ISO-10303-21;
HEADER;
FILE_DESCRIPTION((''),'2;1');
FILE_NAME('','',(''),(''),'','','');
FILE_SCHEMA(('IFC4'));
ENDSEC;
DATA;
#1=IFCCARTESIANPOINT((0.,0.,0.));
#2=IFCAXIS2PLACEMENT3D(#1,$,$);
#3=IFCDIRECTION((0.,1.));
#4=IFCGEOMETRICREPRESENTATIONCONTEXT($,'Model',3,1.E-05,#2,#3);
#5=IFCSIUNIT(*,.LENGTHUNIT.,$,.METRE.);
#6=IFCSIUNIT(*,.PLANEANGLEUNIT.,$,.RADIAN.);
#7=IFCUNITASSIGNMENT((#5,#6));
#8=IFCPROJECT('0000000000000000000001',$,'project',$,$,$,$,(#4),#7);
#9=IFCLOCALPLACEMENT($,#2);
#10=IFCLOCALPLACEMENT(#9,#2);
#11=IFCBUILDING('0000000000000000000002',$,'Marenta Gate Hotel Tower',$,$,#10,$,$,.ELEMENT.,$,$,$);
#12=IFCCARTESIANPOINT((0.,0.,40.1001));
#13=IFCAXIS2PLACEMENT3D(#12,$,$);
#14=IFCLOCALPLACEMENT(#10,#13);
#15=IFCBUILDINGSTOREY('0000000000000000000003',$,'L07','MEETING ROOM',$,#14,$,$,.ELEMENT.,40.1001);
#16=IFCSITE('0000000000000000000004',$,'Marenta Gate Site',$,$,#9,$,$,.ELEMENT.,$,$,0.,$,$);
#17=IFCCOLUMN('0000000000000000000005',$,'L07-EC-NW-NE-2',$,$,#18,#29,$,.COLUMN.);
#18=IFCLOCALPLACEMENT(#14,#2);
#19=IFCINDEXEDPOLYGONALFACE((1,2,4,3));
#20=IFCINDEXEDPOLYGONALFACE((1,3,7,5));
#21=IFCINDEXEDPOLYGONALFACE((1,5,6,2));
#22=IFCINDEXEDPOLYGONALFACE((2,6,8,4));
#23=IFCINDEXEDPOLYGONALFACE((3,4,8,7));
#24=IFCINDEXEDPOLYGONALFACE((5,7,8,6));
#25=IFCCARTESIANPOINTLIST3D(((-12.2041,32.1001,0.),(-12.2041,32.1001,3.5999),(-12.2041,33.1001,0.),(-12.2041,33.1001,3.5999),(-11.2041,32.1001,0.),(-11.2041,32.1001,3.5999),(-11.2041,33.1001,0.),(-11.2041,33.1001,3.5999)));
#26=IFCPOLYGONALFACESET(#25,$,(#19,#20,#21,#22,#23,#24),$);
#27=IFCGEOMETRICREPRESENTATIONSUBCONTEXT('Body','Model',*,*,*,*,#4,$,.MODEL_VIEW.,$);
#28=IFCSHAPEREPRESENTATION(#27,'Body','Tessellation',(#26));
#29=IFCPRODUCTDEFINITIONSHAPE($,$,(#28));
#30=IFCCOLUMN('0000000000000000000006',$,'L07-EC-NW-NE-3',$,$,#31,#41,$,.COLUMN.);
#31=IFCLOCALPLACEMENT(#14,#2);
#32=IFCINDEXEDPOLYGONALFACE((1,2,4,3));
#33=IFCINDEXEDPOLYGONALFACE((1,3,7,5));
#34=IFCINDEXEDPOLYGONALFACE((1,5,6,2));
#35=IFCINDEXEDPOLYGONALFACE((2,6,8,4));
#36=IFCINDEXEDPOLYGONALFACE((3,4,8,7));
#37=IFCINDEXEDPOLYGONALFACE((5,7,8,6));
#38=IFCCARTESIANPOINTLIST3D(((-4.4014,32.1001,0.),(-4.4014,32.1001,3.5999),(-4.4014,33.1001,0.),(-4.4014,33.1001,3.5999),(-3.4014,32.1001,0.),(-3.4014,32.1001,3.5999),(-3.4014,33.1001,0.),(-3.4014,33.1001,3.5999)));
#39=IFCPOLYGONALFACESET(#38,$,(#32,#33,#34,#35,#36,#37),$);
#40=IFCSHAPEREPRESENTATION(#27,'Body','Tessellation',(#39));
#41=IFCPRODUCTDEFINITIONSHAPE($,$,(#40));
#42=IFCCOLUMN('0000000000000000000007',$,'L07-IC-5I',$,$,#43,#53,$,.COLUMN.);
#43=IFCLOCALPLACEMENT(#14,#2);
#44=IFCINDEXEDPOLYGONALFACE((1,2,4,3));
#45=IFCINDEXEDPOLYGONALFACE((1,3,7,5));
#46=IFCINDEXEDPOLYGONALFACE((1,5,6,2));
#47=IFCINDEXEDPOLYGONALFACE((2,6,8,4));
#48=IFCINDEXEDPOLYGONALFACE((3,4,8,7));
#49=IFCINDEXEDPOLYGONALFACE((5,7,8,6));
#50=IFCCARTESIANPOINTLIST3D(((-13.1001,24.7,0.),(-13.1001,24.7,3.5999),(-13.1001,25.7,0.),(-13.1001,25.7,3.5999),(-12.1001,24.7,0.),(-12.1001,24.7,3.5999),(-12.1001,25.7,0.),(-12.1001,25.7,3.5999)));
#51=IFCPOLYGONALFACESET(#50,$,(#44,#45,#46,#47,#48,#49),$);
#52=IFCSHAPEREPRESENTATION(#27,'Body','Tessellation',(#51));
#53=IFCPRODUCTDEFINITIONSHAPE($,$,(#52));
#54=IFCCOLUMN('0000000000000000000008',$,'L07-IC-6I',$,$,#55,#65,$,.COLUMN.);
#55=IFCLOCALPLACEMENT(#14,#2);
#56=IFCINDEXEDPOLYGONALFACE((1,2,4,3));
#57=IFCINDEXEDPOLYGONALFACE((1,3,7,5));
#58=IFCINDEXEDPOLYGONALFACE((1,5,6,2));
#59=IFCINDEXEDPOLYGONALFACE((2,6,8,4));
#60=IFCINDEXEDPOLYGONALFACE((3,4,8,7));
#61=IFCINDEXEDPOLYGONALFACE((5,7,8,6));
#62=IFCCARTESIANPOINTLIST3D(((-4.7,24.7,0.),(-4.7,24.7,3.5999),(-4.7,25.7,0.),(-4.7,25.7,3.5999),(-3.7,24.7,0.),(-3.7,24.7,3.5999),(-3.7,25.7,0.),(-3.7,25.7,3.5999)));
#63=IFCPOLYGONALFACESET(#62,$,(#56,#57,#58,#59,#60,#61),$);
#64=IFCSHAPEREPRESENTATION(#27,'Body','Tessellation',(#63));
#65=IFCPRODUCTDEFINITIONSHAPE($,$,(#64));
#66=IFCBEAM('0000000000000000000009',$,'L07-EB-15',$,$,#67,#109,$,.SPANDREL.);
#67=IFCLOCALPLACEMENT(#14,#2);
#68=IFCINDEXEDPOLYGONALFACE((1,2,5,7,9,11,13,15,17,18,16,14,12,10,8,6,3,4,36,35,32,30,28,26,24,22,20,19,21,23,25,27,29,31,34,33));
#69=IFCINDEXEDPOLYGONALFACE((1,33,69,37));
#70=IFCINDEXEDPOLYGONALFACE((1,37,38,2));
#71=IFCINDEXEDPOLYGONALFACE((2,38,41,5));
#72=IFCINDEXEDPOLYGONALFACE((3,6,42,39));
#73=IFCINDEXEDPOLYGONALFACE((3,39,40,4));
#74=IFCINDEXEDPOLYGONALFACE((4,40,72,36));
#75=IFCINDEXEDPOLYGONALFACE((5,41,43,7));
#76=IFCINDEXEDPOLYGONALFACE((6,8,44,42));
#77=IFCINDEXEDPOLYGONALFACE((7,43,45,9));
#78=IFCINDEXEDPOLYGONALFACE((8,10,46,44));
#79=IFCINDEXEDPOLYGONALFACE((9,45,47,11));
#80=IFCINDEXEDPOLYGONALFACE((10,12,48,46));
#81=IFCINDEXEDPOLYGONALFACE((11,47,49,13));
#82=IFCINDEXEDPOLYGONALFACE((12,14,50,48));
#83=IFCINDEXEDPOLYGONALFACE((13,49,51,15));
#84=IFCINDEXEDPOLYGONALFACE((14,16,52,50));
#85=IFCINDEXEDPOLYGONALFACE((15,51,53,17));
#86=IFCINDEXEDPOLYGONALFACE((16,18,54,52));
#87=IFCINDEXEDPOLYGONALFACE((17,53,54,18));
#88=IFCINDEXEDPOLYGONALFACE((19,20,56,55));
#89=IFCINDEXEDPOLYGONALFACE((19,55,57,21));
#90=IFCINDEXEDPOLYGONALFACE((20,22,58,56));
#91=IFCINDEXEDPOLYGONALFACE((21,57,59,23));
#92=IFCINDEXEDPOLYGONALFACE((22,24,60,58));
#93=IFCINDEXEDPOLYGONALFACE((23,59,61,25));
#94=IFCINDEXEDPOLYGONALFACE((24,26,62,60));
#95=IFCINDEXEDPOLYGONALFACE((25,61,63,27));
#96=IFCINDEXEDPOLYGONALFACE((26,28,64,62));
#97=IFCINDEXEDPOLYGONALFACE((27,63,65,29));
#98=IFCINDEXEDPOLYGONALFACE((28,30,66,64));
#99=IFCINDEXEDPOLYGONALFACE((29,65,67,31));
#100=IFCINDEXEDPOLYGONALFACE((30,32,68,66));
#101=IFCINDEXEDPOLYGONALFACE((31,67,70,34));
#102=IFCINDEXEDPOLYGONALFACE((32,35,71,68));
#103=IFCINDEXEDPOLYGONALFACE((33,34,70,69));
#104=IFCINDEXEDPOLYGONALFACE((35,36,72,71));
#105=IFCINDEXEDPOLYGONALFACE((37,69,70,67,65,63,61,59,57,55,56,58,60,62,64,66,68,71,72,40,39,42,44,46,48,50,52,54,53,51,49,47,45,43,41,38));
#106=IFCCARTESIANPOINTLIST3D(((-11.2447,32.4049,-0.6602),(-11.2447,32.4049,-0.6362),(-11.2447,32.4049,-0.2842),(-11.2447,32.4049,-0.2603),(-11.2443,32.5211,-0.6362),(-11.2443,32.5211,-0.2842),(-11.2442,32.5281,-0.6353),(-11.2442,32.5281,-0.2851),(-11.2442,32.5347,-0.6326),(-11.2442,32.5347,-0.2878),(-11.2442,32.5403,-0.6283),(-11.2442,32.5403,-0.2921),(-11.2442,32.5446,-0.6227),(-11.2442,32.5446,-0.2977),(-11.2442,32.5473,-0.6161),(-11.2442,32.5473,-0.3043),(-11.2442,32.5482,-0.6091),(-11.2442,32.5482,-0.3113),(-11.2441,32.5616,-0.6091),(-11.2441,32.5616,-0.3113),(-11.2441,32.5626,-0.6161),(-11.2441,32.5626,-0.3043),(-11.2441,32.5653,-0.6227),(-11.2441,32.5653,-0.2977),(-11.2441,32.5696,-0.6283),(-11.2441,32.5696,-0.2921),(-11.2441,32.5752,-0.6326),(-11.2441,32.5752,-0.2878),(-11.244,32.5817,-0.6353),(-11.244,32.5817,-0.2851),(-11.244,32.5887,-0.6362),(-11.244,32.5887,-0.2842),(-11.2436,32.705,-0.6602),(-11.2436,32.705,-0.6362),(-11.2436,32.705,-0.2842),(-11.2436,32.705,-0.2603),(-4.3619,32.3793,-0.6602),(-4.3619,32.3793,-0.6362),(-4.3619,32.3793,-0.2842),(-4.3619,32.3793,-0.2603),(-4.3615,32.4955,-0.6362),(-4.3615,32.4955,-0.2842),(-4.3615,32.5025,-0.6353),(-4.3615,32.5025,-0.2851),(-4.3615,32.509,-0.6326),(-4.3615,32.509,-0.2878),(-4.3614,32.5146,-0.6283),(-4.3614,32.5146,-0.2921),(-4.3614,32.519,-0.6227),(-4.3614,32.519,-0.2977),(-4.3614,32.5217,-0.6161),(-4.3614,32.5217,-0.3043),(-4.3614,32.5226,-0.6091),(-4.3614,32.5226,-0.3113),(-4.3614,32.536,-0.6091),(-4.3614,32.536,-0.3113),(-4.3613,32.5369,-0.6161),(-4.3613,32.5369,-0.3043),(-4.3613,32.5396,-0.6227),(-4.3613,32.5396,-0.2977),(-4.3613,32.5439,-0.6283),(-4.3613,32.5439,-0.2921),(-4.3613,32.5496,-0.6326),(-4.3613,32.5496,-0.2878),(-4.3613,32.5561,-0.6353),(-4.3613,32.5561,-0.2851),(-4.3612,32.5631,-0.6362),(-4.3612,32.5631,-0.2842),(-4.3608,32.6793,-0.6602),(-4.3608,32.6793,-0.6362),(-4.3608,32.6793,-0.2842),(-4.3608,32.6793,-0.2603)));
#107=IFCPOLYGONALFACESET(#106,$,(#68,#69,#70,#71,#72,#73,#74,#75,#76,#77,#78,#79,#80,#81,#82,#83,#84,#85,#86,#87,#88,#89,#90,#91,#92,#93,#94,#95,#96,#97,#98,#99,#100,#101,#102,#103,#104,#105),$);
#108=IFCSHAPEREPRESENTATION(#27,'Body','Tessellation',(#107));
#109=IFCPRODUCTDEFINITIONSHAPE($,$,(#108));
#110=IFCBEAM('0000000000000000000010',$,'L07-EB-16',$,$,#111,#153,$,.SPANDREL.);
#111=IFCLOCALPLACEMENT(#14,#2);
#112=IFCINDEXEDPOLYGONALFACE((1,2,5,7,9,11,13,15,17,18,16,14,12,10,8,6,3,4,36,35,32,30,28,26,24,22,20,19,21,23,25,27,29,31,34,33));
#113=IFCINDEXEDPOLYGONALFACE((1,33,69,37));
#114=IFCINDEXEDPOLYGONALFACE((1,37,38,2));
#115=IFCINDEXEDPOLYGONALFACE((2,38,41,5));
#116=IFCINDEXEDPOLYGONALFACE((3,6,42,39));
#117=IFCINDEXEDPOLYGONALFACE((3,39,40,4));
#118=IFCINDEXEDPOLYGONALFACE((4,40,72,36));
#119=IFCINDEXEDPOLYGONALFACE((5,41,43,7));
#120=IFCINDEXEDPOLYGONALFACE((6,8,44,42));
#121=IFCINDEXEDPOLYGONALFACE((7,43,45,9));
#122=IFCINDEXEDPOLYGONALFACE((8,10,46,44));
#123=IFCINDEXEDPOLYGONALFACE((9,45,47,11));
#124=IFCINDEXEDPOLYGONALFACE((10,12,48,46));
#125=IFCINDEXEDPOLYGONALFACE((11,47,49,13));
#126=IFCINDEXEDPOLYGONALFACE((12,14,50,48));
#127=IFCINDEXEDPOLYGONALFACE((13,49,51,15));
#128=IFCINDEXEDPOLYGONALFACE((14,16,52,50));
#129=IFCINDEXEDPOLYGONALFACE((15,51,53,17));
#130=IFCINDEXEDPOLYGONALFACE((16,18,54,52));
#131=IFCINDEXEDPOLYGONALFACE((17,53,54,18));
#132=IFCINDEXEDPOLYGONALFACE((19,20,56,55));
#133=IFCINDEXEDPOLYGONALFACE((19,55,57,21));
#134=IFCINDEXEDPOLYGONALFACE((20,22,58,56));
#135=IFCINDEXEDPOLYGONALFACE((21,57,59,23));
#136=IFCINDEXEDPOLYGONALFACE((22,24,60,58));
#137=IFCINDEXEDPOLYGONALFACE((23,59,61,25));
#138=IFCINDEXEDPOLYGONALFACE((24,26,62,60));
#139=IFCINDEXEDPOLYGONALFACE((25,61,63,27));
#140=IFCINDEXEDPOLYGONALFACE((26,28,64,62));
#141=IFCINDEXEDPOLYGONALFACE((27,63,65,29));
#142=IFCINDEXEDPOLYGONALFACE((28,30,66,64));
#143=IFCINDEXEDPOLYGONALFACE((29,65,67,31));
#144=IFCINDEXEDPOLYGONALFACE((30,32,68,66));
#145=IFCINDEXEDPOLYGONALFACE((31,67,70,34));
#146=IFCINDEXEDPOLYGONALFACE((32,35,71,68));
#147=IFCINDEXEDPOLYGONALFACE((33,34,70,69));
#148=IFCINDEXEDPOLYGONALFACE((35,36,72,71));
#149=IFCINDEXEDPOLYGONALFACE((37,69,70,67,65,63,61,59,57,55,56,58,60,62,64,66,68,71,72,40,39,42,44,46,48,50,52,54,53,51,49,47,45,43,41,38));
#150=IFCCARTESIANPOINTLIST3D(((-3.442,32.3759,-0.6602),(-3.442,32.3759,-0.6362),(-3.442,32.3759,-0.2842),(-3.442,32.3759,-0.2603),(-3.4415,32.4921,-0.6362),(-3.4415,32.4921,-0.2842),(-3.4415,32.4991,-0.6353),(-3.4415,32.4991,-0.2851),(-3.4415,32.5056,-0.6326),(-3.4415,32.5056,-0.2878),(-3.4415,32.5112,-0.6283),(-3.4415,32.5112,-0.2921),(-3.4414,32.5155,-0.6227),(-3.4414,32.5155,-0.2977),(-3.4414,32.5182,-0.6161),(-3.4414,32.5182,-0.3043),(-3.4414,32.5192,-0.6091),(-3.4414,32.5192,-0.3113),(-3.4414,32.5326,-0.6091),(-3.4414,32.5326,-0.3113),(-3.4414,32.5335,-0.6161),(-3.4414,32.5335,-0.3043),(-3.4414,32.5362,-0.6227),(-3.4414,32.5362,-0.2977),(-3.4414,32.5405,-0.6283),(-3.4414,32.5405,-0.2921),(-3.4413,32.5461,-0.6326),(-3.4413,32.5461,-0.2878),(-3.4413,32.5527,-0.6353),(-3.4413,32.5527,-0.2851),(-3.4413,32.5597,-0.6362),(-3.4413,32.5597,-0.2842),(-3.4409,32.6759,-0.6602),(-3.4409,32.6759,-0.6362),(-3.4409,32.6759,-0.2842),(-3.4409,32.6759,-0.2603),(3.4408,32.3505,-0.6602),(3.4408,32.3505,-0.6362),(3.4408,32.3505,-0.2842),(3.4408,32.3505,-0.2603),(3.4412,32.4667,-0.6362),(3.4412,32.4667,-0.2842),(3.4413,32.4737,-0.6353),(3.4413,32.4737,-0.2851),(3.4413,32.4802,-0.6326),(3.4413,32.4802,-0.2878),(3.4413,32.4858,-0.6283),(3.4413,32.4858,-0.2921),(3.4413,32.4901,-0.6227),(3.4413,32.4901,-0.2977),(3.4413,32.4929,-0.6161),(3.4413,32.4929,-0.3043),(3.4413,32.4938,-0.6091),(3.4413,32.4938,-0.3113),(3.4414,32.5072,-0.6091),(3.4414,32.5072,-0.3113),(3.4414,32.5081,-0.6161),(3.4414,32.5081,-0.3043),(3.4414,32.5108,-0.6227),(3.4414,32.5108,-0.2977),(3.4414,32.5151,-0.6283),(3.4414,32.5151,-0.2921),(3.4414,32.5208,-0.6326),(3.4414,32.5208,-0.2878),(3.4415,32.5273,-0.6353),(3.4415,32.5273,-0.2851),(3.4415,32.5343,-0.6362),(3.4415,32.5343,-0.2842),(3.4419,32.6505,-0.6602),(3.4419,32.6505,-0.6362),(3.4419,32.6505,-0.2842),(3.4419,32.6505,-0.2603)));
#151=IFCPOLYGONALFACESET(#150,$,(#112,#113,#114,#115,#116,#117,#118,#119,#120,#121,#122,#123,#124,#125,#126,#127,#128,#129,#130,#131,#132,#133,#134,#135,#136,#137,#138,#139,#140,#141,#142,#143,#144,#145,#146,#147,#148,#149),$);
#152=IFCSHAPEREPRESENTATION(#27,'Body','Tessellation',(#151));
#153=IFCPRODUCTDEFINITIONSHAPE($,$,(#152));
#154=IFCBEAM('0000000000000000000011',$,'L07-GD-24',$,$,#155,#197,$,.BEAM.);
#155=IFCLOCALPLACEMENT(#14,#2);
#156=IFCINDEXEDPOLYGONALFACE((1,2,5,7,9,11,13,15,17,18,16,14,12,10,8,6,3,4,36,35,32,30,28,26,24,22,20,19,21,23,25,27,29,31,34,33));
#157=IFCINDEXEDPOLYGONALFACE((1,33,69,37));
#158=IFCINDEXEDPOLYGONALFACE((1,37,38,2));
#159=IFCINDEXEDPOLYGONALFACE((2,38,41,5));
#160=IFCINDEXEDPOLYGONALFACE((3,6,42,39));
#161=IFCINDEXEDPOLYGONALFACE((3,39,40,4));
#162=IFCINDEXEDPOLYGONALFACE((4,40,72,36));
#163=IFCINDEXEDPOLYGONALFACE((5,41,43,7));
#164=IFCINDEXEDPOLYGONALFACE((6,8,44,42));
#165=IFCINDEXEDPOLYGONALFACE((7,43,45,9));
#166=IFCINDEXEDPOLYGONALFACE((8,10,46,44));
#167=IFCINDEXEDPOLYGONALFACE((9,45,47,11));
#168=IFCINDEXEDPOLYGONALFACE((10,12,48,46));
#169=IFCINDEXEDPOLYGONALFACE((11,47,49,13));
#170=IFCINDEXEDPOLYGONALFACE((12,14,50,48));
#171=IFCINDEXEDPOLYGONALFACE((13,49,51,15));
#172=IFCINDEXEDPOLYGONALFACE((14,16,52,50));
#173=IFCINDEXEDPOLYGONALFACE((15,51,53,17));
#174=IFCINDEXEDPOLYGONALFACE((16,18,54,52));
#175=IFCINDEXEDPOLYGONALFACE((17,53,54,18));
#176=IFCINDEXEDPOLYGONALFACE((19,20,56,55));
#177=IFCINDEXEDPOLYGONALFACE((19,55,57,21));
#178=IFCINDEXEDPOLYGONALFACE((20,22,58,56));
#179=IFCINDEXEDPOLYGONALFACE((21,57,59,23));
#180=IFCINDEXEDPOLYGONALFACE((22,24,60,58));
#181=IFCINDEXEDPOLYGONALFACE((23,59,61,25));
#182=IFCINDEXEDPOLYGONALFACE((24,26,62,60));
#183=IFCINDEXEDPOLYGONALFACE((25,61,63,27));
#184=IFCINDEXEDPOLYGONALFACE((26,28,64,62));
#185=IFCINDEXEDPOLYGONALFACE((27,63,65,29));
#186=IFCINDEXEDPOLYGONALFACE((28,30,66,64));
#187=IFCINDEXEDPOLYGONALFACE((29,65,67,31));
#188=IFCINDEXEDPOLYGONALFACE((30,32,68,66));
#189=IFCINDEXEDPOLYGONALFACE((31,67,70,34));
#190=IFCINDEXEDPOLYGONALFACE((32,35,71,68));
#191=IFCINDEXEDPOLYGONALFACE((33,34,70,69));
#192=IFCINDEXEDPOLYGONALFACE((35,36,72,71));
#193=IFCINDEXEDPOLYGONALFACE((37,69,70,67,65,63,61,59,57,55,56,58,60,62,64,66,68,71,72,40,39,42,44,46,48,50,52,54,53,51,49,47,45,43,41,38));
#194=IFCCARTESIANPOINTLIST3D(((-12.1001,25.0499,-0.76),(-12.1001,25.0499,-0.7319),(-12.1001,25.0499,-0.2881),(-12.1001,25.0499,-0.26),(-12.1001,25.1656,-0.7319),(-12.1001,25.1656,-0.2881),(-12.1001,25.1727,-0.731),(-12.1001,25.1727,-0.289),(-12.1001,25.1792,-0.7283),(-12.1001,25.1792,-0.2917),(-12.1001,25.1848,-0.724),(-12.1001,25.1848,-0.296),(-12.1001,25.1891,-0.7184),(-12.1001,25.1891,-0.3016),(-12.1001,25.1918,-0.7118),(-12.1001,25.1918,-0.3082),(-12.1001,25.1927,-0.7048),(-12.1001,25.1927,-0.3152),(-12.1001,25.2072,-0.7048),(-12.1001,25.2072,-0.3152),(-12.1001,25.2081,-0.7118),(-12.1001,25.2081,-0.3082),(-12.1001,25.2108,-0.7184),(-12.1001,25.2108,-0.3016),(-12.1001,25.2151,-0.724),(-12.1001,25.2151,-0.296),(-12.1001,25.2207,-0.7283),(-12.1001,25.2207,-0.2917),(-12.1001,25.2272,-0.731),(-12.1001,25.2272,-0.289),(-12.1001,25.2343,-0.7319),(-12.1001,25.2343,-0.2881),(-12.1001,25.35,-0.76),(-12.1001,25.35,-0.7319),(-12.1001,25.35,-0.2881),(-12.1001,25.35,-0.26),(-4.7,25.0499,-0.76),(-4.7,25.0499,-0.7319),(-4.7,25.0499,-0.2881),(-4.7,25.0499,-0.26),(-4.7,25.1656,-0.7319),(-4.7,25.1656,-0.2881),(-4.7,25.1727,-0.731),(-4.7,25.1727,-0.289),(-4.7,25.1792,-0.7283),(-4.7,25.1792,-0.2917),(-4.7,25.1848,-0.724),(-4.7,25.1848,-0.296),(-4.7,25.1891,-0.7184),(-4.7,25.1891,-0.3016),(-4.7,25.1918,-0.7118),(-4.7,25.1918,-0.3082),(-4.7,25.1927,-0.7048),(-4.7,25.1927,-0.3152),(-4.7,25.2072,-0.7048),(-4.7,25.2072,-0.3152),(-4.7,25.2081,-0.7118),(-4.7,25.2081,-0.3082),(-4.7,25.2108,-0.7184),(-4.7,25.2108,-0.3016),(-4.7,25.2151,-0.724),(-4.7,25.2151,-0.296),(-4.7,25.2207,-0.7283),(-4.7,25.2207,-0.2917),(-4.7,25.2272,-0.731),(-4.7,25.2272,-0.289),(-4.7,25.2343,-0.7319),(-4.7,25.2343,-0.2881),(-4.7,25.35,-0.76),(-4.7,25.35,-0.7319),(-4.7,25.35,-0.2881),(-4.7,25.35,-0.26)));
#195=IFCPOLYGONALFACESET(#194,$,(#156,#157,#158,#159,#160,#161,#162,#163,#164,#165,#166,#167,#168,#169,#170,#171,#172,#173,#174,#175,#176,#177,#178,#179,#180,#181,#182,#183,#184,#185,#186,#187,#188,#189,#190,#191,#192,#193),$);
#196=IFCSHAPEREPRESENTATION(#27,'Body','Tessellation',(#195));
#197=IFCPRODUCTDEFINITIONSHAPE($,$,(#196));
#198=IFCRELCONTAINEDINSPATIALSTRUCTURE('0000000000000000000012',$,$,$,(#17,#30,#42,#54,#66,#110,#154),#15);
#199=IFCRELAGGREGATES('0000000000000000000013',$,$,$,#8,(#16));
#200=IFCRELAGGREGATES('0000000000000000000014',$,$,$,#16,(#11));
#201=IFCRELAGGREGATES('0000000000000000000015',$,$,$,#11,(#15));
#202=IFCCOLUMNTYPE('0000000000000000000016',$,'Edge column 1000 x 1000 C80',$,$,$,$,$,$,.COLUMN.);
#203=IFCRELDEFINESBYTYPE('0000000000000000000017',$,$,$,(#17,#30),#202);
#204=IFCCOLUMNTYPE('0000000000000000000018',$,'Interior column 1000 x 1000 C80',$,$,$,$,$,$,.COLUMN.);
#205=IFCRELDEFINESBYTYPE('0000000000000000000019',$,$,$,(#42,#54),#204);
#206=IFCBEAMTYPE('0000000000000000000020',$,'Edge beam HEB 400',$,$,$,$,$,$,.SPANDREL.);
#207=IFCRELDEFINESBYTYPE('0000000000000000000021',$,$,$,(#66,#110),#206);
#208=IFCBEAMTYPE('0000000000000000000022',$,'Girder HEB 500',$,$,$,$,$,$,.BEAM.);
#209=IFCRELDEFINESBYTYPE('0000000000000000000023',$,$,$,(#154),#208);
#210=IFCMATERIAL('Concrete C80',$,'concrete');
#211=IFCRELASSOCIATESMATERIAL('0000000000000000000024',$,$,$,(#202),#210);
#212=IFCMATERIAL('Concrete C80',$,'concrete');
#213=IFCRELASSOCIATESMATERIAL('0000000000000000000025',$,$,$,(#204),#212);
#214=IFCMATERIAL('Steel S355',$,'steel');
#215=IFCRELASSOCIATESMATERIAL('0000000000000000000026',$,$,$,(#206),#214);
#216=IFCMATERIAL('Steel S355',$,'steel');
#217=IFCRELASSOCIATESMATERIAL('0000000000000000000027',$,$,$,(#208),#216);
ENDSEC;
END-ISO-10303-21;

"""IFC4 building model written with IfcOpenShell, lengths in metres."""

from ifc_helpers import new_model, si_unit, direction, frame, origin, origin_2d, place, context, subcontext, project, spatial, rectangle, i_section, extrude, material, material_profile, profile_set, type_object, element, save


model = new_model("IFC4")

# Units and contexts
model_context = context("Model", 3, precision=1e-05, world=origin(), true_north=direction((0.0, 1.0)))
body_context = subcontext(model_context, "Body", "Model", "MODEL_VIEW")
ifc_project = project(units=[si_unit("LENGTHUNIT", "METRE"), si_unit("PLANEANGLEUNIT", "RADIAN")], contexts=[model_context])

# Site, building, storey
site_placement = place(None, origin())
site = spatial("IfcSite", under=ifc_project, at=site_placement, Name="Marenta Gate Site", CompositionType="ELEMENT", RefElevation=0.0)
building_placement = place(site_placement, origin())
building = spatial("IfcBuilding", under=site, at=building_placement, Name="Marenta Gate Hotel Tower", CompositionType="ELEMENT")
storey_placement = place(building_placement, frame((0.0, 0.0, 40.1001)))
storey = spatial("IfcBuildingStorey", under=building, at=storey_placement, Name="L07", Description="MEETING ROOM", CompositionType="ELEMENT", Elevation=40.1001)

# Columns
ifc_material_1 = material(Name="Concrete C80", Category="concrete")
ifc_material_profile_1 = material_profile(ifc_material_1, rectangle(XDim=1.0, YDim=1.0, at=origin_2d()), Name="1000 x 1000")
ifc_profile_set_1 = profile_set([ifc_material_profile_1], Name="Concrete C80")
column_type_1 = type_object("IfcColumnType", Name="Edge column 1000 x 1000 C80", PredefinedType="COLUMN", material=ifc_profile_set_1)
for number, where, z_axis, x_axis, name in (
    (1, (-11.7041, 32.6001, 0.0), (0.0, 0.0, 1.0), (1.0, 0.0, 0.0), "L07-EC-NW-NE-2"),
    (2, (-3.9014, 32.6001, 0.0), (0.0, 0.0, 1.0), (1.0, 0.0, 0.0), "L07-EC-NW-NE-3"),
):
    element("IfcColumn", number, at=place(storey_placement, frame(where, z_axis=z_axis, x_axis=x_axis)), inside=storey, type_object=column_type_1, Name=name, PredefinedType="COLUMN", context=body_context, shape_type="SweptSolid", body=[
        extrude(rectangle(XDim=1.0, YDim=1.0, at=origin_2d()), origin(), (0.0, 0.0, 1.0), 3.5999),
    ])
ifc_material_2 = material(Name="Concrete C80", Category="concrete")
ifc_material_profile_2 = material_profile(ifc_material_2, rectangle(XDim=1.0, YDim=1.0, at=origin_2d()), Name="1000 x 1000")
ifc_profile_set_2 = profile_set([ifc_material_profile_2], Name="Concrete C80")
column_type_2 = type_object("IfcColumnType", Name="Interior column 1000 x 1000 C80", PredefinedType="COLUMN", material=ifc_profile_set_2)
for number, where, z_axis, x_axis, name in (
    (3, (-12.6001, 25.2, 0.0), (0.0, 0.0, 1.0), (1.0, 0.0, 0.0), "L07-IC-5I"),
    (4, (-4.2, 25.2, 0.0), (0.0, 0.0, 1.0), (1.0, 0.0, 0.0), "L07-IC-6I"),
):
    element("IfcColumn", number, at=place(storey_placement, frame(where, z_axis=z_axis, x_axis=x_axis)), inside=storey, type_object=column_type_2, Name=name, PredefinedType="COLUMN", context=body_context, shape_type="SweptSolid", body=[
        extrude(rectangle(XDim=1.0, YDim=1.0, at=origin_2d()), origin(), (0.0, 0.0, 1.0), 3.5999),
    ])

# Beams
ifc_material_3 = material(Name="Steel S355", Category="steel")
ifc_material_profile_3 = material_profile(ifc_material_3, i_section(OverallWidth=0.3, OverallDepth=0.3999, WebThickness=0.0134, FlangeThickness=0.0239, FilletRadius=0.0271, at=origin_2d()), Name="HEB 400")
ifc_profile_set_3 = profile_set([ifc_material_profile_3], Name="Steel S355")
beam_type_1 = type_object("IfcBeamType", Name="Edge beam HEB 400", PredefinedType="SPANDREL", material=ifc_profile_set_3)
for number, where, z_axis, x_axis, name in (
    (5, (-11.2441, 32.5549, -0.4602), (0.999993, -0.003724, 0.0), (0.003724, 0.999993, 0.0), "L07-EB-15"),
    (6, (-3.4414, 32.5259, -0.4602), (0.999993, -0.003689, 0.0), (0.003689, 0.999993, 0.0), "L07-EB-16"),
):
    element("IfcBeam", number, at=place(storey_placement, frame(where, z_axis=z_axis, x_axis=x_axis)), inside=storey, type_object=beam_type_1, Name=name, PredefinedType="SPANDREL", context=body_context, shape_type="SweptSolid", body=[
        extrude(i_section(OverallWidth=0.3, OverallDepth=0.3999, WebThickness=0.0134, FlangeThickness=0.0239, FilletRadius=0.0271, at=origin_2d()), origin(), (0.0, 0.0, 1.0), 6.8828),
    ])
ifc_material_4 = material(Name="Steel S355", Category="steel")
ifc_material_profile_4 = material_profile(ifc_material_4, i_section(OverallWidth=0.3, OverallDepth=0.5, WebThickness=0.0144, FlangeThickness=0.0281, FilletRadius=0.0271, at=origin_2d()), Name="HEB 500")
ifc_profile_set_4 = profile_set([ifc_material_profile_4], Name="Steel S355")
beam_type_2 = type_object("IfcBeamType", Name="Girder HEB 500", PredefinedType="BEAM", material=ifc_profile_set_4)
beam_1_placement = place(storey_placement, frame((-12.1001, 25.2, -0.51), z_axis=(1.0, 0.0, 0.0), x_axis=(0.0, 1.0, 0.0)))
element("IfcBeam", 7, at=beam_1_placement, inside=storey, type_object=beam_type_2, Name="L07-GD-24", PredefinedType="BEAM", context=body_context, shape_type="SweptSolid", body=[
    extrude(i_section(OverallWidth=0.3, OverallDepth=0.5, WebThickness=0.0144, FlangeThickness=0.0281, FilletRadius=0.0271, at=origin_2d()), origin(), (0.0, 0.0, 1.0), 7.4001),
])

save(model, "model.ifc")
